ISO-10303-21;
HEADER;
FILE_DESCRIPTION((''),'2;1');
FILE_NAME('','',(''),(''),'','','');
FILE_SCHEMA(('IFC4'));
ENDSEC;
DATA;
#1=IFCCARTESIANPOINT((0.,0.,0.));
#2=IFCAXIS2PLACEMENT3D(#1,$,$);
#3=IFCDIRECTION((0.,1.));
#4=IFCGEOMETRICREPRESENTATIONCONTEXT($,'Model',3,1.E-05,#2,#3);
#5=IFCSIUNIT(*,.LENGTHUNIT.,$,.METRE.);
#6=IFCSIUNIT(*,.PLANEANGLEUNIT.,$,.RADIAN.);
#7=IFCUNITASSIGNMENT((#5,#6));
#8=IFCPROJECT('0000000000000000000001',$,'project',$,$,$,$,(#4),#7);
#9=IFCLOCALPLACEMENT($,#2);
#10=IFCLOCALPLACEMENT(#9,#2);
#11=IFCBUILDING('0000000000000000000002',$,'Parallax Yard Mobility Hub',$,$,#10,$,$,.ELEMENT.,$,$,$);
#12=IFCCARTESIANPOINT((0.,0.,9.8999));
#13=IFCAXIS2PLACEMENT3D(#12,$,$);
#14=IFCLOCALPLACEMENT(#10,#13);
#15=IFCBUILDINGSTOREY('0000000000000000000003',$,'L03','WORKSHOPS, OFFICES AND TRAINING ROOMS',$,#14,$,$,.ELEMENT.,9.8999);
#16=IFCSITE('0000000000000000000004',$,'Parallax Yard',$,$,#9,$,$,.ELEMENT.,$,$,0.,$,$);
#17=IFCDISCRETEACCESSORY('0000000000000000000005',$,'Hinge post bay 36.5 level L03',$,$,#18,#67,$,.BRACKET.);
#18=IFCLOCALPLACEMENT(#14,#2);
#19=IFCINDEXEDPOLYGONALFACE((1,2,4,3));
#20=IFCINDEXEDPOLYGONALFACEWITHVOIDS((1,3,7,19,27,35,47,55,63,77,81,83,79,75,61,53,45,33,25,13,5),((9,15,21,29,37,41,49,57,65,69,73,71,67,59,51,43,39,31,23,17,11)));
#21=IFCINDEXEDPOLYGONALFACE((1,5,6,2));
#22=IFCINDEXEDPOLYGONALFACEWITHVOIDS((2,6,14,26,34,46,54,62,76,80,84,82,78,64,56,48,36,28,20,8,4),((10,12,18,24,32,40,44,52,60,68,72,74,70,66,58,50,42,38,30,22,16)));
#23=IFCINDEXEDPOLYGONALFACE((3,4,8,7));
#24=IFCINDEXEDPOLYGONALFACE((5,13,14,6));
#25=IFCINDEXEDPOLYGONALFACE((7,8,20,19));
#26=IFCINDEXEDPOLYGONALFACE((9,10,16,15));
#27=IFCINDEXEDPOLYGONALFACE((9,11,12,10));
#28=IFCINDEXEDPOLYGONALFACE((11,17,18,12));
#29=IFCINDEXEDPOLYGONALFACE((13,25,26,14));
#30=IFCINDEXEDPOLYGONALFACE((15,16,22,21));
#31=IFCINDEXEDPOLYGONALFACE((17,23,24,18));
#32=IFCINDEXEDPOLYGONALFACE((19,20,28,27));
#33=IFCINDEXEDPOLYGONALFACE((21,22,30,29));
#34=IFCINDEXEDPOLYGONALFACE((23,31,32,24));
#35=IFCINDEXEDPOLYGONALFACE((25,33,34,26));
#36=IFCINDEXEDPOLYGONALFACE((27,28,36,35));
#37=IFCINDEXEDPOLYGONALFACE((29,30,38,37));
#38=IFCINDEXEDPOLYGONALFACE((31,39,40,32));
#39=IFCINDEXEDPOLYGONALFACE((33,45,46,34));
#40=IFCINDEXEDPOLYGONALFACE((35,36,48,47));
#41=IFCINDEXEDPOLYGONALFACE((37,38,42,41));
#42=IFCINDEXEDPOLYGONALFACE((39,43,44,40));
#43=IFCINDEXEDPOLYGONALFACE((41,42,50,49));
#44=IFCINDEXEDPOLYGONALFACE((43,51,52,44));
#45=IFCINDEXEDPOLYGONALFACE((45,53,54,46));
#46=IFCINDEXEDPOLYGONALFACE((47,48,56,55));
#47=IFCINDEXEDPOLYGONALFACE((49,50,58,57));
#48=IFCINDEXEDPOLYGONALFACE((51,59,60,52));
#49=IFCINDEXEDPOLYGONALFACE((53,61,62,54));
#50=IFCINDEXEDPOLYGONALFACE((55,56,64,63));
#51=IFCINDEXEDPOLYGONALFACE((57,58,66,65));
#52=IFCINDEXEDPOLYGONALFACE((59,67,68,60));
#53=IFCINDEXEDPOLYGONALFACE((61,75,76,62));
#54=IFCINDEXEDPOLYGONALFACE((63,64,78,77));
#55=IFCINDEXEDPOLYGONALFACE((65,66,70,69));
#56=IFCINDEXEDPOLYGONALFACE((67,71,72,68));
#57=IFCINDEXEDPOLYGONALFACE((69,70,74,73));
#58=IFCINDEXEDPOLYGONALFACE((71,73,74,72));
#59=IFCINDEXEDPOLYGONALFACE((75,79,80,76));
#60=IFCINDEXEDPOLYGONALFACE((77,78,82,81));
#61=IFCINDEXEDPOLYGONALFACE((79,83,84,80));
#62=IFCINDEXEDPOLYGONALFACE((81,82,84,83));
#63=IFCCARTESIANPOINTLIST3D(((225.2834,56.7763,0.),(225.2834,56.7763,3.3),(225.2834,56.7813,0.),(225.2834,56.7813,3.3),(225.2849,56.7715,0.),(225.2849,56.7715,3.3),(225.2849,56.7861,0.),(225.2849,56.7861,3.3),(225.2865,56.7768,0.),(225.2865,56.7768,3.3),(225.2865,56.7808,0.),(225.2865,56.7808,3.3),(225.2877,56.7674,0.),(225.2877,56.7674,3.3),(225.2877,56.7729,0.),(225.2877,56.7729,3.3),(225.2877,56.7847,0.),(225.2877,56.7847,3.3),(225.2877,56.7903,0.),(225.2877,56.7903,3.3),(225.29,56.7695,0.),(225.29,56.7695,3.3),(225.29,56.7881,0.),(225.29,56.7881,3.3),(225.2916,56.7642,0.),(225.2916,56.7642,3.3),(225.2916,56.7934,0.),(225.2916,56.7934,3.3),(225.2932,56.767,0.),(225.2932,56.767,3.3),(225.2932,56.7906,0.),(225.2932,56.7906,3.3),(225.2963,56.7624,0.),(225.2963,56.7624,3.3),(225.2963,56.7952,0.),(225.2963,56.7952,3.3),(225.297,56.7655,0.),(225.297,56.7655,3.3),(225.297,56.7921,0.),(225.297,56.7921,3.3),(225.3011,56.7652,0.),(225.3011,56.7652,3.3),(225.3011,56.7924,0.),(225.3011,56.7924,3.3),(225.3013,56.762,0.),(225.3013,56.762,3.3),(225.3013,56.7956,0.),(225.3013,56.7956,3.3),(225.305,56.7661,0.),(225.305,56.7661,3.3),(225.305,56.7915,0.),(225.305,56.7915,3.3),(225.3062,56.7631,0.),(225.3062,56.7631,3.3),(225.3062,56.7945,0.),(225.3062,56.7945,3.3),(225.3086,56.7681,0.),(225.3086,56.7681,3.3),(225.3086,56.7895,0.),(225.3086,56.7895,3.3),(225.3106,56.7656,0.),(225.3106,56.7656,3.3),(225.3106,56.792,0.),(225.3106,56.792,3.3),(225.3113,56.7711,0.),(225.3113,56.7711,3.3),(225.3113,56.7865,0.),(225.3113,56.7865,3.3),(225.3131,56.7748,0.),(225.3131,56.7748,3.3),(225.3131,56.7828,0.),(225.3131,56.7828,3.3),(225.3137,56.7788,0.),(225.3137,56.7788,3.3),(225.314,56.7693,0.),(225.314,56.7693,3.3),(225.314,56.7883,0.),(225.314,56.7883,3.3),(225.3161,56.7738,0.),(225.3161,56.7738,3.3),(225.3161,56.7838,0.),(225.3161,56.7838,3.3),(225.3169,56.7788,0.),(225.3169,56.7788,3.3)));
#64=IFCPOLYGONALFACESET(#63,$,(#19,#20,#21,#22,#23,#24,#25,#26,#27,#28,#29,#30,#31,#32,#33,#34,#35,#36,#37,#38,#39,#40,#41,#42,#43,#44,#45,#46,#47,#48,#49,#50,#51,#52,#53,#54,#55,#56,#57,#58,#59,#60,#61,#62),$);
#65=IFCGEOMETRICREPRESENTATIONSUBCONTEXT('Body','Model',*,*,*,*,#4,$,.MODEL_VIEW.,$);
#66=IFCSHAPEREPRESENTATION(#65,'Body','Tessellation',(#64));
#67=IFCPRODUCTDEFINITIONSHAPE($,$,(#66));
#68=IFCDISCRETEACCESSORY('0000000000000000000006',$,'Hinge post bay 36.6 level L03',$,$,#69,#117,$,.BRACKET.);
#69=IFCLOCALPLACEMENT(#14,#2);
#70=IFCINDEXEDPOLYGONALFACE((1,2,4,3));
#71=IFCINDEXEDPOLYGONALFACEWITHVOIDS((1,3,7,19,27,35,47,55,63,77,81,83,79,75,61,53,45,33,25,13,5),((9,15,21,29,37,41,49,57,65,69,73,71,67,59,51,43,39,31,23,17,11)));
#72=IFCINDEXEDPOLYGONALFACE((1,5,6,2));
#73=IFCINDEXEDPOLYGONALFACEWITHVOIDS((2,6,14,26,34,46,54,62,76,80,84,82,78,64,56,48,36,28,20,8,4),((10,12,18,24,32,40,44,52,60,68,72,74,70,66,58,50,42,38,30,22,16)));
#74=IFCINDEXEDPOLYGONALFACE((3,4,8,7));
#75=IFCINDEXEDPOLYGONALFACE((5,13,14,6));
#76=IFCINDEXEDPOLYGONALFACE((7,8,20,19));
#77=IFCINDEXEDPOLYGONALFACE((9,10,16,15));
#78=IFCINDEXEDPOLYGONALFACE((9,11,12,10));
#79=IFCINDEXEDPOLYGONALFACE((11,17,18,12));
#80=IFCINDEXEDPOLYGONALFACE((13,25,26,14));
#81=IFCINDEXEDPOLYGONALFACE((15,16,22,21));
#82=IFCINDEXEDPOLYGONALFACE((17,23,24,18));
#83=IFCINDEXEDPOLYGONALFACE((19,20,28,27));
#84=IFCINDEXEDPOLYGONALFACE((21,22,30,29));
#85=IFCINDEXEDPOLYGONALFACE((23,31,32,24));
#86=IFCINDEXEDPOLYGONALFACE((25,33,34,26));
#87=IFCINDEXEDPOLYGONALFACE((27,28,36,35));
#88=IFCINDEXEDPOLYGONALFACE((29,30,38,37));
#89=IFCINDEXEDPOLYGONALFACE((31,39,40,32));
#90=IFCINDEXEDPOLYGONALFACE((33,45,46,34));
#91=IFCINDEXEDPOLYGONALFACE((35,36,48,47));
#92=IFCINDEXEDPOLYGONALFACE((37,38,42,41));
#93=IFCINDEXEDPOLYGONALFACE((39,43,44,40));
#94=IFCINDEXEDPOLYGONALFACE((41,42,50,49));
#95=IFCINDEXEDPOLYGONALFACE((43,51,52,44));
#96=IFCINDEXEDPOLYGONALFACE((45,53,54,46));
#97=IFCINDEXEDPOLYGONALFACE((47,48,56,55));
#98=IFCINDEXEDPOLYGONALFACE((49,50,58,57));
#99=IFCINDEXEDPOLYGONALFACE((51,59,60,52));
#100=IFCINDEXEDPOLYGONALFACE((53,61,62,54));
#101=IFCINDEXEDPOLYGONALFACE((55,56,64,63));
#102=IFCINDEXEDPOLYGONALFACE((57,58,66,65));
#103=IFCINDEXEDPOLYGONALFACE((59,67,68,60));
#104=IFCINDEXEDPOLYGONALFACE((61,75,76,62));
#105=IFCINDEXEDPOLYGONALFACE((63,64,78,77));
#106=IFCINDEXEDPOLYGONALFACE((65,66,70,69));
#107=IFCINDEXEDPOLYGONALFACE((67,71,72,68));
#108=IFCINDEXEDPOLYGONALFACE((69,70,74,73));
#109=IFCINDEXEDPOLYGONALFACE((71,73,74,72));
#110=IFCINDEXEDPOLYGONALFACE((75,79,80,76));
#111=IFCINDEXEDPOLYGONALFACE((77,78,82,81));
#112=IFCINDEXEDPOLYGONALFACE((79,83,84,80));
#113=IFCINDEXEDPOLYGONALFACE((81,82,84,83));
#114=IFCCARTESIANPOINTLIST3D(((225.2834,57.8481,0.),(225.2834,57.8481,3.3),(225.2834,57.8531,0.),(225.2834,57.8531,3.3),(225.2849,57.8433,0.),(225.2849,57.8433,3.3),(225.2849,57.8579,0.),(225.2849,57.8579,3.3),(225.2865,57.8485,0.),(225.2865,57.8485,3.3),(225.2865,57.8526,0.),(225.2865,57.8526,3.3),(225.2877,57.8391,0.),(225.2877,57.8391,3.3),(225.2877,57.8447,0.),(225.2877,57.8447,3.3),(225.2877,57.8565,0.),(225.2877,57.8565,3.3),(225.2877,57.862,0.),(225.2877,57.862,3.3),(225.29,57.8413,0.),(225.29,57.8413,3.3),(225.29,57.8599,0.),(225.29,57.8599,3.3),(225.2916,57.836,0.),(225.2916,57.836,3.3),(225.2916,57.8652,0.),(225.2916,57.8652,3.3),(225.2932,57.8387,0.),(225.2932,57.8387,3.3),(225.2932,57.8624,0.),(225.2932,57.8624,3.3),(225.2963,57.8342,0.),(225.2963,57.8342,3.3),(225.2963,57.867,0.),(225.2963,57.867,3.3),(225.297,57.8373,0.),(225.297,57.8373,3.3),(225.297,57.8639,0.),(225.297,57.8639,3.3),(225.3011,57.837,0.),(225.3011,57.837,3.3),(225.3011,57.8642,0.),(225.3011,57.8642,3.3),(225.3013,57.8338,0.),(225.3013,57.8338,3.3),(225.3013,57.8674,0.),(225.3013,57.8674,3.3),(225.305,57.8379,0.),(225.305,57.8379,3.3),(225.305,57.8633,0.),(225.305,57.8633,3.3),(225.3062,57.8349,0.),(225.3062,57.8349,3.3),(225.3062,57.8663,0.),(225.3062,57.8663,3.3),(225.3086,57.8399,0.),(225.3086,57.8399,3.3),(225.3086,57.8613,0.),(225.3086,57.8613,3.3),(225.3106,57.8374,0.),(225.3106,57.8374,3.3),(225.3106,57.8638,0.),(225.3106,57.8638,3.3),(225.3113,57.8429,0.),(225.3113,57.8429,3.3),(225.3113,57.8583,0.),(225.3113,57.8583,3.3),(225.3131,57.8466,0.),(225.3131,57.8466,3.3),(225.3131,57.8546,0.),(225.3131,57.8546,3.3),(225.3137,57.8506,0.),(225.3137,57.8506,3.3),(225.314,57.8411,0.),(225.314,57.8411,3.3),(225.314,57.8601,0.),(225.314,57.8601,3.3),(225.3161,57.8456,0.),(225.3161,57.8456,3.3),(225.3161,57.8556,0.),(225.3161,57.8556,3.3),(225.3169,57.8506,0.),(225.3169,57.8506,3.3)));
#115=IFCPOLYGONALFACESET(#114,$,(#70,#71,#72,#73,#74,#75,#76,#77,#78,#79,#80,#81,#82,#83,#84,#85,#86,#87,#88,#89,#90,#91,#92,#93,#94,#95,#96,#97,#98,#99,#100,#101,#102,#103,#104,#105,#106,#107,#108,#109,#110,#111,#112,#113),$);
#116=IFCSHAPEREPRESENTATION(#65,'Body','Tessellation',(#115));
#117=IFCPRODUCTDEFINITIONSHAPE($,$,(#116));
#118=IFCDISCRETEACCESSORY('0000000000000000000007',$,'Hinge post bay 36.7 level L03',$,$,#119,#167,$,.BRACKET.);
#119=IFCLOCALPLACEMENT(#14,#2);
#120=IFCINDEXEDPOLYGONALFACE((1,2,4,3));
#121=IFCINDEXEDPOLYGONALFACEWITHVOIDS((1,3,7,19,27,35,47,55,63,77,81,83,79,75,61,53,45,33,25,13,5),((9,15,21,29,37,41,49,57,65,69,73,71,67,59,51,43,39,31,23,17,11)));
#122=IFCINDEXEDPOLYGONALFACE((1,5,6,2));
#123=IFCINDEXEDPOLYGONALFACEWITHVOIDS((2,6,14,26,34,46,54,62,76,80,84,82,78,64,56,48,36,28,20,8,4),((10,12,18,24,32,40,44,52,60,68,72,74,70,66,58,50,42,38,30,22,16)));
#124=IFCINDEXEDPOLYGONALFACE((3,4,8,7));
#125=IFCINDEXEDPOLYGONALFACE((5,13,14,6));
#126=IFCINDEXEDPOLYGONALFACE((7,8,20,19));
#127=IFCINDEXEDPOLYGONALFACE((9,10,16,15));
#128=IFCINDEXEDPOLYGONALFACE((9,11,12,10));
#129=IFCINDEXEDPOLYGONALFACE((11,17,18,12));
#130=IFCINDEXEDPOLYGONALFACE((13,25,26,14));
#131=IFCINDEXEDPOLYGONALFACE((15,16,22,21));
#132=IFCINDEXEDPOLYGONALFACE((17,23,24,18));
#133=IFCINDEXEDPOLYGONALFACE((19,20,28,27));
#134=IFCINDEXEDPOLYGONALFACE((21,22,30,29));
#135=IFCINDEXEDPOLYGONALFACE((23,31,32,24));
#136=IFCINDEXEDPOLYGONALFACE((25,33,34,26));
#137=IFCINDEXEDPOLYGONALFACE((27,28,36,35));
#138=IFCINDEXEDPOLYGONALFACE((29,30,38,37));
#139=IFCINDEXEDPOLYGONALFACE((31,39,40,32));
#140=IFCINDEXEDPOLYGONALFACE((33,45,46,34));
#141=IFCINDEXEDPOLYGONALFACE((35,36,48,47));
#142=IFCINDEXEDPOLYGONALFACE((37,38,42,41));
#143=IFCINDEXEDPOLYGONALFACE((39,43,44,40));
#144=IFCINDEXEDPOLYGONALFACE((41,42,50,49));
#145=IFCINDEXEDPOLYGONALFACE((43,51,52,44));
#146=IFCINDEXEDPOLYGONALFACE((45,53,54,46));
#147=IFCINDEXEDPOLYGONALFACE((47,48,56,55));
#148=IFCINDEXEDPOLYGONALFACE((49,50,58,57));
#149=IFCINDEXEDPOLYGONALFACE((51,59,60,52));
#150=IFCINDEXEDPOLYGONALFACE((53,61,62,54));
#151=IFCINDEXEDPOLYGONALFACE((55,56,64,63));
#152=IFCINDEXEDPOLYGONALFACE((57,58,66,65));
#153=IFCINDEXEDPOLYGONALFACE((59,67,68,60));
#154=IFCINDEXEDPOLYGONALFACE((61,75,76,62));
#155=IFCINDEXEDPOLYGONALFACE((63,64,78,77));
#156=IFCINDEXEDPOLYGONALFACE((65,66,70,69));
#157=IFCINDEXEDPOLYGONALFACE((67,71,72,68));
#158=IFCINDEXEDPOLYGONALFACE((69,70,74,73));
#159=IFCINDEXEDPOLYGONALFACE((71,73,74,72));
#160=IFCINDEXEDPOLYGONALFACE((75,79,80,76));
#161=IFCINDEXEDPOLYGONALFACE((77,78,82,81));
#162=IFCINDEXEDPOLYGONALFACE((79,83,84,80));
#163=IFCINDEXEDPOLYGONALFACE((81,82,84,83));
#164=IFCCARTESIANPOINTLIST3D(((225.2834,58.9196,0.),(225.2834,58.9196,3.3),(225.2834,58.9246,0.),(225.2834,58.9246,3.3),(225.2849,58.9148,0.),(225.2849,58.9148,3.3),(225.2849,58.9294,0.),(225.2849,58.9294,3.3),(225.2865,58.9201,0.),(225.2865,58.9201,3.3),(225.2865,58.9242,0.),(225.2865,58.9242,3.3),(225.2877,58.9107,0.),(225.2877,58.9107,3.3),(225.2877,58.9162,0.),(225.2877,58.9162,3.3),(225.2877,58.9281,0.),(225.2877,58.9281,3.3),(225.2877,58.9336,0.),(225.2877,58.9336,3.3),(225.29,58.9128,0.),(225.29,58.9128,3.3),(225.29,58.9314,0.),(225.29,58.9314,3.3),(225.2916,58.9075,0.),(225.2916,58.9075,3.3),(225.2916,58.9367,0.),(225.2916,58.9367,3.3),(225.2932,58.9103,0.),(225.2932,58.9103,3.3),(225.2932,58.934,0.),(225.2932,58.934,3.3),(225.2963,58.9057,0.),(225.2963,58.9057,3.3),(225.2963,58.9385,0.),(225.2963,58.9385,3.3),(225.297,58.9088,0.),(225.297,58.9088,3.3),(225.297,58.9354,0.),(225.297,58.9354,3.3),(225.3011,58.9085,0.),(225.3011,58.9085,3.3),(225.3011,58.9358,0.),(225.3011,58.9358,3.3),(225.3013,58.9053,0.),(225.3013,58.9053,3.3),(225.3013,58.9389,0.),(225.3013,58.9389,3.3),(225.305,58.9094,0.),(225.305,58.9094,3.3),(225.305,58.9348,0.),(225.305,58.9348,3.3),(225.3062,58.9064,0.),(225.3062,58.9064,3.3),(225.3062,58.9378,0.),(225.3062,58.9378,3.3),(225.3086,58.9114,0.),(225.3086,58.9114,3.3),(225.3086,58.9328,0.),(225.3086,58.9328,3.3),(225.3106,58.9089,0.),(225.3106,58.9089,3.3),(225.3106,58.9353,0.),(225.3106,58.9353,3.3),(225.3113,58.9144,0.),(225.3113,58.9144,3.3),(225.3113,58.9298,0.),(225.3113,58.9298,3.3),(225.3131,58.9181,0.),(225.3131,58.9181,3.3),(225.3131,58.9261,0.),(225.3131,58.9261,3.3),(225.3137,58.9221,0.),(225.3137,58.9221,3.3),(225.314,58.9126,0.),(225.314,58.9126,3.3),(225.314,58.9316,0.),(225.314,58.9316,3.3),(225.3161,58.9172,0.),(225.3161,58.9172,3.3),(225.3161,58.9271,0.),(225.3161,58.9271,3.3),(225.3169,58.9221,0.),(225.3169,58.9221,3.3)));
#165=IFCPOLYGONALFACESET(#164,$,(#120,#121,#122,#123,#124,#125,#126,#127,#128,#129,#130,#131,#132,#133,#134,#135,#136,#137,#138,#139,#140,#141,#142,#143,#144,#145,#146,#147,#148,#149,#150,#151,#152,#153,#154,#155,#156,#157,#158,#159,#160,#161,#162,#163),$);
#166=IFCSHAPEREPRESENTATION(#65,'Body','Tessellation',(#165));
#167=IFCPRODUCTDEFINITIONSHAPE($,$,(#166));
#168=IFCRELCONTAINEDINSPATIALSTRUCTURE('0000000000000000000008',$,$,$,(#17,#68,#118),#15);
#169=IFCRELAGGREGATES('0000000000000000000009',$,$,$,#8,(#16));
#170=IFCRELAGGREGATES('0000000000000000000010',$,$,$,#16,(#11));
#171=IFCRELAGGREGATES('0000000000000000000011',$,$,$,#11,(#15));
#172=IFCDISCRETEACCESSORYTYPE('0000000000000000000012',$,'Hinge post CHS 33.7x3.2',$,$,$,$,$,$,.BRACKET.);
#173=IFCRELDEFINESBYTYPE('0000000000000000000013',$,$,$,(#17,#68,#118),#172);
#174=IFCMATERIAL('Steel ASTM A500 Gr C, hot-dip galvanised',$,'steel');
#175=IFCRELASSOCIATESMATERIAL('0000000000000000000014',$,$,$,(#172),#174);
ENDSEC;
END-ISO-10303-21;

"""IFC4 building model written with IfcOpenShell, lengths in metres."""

from ifc_helpers import new_model, si_unit, direction, frame, origin, origin_2d, place, context, subcontext, project, spatial, hollow_circle, extrude, material, material_profile, profile_set, type_object, element, save


model = new_model("IFC4")

# Units and contexts
model_context = context("Model", 3, precision=1e-05, world=origin(), true_north=direction((0.0, 1.0)))
body_context = subcontext(model_context, "Body", "Model", "MODEL_VIEW")
ifc_project = project(units=[si_unit("LENGTHUNIT", "METRE"), si_unit("PLANEANGLEUNIT", "RADIAN")], contexts=[model_context])

# Site, building, storey
site_placement = place(None, origin())
site = spatial("IfcSite", under=ifc_project, at=site_placement, Name="Parallax Yard", CompositionType="ELEMENT", RefElevation=0.0)
building_placement = place(site_placement, origin())
building = spatial("IfcBuilding", under=site, at=building_placement, Name="Parallax Yard Mobility Hub", CompositionType="ELEMENT")
storey_placement = place(building_placement, frame((0.0, 0.0, 9.8999)))
storey = spatial("IfcBuildingStorey", under=building, at=storey_placement, Name="L03", Description="WORKSHOPS, OFFICES AND TRAINING ROOMS", CompositionType="ELEMENT", Elevation=9.8999)

# Discrete accessories
ifc_material_1 = material(Name="Steel ASTM A500 Gr C, hot-dip galvanised", Category="steel")
ifc_material_profile_1 = material_profile(ifc_material_1, hollow_circle(Radius=0.0168, WallThickness=0.0032, at=origin_2d()), Name="CHS 33.7x3.2")
ifc_profile_set_1 = profile_set([ifc_material_profile_1], Name="Steel ASTM A500 Gr C, hot-dip galvanised")
discrete_accessory_type_1 = type_object("IfcDiscreteAccessoryType", Name="Hinge post CHS 33.7x3.2", PredefinedType="BRACKET", material=ifc_profile_set_1)
for number, where, z_axis, x_axis, name in (
    (1, (225.3, 56.7788, 0.0), (0.0, 0.0, 1.0), (1.0, 0.0, 0.0), "Hinge post bay 36.5 level L03"),
    (2, (225.3, 57.8506, 0.0), (0.0, 0.0, 1.0), (1.0, 0.0, 0.0), "Hinge post bay 36.6 level L03"),
    (3, (225.3, 58.9221, 0.0), (0.0, 0.0, 1.0), (1.0, 0.0, 0.0), "Hinge post bay 36.7 level L03"),
):
    element("IfcDiscreteAccessory", number, at=place(storey_placement, frame(where, z_axis=z_axis, x_axis=x_axis)), inside=storey, type_object=discrete_accessory_type_1, Name=name, PredefinedType="BRACKET", context=body_context, shape_type="SweptSolid", body=[
        extrude(hollow_circle(Radius=0.0168, WallThickness=0.0032, at=origin_2d()), origin(), (0.0, 0.0, 1.0), 3.3),
    ])

save(model, "model.ifc")
